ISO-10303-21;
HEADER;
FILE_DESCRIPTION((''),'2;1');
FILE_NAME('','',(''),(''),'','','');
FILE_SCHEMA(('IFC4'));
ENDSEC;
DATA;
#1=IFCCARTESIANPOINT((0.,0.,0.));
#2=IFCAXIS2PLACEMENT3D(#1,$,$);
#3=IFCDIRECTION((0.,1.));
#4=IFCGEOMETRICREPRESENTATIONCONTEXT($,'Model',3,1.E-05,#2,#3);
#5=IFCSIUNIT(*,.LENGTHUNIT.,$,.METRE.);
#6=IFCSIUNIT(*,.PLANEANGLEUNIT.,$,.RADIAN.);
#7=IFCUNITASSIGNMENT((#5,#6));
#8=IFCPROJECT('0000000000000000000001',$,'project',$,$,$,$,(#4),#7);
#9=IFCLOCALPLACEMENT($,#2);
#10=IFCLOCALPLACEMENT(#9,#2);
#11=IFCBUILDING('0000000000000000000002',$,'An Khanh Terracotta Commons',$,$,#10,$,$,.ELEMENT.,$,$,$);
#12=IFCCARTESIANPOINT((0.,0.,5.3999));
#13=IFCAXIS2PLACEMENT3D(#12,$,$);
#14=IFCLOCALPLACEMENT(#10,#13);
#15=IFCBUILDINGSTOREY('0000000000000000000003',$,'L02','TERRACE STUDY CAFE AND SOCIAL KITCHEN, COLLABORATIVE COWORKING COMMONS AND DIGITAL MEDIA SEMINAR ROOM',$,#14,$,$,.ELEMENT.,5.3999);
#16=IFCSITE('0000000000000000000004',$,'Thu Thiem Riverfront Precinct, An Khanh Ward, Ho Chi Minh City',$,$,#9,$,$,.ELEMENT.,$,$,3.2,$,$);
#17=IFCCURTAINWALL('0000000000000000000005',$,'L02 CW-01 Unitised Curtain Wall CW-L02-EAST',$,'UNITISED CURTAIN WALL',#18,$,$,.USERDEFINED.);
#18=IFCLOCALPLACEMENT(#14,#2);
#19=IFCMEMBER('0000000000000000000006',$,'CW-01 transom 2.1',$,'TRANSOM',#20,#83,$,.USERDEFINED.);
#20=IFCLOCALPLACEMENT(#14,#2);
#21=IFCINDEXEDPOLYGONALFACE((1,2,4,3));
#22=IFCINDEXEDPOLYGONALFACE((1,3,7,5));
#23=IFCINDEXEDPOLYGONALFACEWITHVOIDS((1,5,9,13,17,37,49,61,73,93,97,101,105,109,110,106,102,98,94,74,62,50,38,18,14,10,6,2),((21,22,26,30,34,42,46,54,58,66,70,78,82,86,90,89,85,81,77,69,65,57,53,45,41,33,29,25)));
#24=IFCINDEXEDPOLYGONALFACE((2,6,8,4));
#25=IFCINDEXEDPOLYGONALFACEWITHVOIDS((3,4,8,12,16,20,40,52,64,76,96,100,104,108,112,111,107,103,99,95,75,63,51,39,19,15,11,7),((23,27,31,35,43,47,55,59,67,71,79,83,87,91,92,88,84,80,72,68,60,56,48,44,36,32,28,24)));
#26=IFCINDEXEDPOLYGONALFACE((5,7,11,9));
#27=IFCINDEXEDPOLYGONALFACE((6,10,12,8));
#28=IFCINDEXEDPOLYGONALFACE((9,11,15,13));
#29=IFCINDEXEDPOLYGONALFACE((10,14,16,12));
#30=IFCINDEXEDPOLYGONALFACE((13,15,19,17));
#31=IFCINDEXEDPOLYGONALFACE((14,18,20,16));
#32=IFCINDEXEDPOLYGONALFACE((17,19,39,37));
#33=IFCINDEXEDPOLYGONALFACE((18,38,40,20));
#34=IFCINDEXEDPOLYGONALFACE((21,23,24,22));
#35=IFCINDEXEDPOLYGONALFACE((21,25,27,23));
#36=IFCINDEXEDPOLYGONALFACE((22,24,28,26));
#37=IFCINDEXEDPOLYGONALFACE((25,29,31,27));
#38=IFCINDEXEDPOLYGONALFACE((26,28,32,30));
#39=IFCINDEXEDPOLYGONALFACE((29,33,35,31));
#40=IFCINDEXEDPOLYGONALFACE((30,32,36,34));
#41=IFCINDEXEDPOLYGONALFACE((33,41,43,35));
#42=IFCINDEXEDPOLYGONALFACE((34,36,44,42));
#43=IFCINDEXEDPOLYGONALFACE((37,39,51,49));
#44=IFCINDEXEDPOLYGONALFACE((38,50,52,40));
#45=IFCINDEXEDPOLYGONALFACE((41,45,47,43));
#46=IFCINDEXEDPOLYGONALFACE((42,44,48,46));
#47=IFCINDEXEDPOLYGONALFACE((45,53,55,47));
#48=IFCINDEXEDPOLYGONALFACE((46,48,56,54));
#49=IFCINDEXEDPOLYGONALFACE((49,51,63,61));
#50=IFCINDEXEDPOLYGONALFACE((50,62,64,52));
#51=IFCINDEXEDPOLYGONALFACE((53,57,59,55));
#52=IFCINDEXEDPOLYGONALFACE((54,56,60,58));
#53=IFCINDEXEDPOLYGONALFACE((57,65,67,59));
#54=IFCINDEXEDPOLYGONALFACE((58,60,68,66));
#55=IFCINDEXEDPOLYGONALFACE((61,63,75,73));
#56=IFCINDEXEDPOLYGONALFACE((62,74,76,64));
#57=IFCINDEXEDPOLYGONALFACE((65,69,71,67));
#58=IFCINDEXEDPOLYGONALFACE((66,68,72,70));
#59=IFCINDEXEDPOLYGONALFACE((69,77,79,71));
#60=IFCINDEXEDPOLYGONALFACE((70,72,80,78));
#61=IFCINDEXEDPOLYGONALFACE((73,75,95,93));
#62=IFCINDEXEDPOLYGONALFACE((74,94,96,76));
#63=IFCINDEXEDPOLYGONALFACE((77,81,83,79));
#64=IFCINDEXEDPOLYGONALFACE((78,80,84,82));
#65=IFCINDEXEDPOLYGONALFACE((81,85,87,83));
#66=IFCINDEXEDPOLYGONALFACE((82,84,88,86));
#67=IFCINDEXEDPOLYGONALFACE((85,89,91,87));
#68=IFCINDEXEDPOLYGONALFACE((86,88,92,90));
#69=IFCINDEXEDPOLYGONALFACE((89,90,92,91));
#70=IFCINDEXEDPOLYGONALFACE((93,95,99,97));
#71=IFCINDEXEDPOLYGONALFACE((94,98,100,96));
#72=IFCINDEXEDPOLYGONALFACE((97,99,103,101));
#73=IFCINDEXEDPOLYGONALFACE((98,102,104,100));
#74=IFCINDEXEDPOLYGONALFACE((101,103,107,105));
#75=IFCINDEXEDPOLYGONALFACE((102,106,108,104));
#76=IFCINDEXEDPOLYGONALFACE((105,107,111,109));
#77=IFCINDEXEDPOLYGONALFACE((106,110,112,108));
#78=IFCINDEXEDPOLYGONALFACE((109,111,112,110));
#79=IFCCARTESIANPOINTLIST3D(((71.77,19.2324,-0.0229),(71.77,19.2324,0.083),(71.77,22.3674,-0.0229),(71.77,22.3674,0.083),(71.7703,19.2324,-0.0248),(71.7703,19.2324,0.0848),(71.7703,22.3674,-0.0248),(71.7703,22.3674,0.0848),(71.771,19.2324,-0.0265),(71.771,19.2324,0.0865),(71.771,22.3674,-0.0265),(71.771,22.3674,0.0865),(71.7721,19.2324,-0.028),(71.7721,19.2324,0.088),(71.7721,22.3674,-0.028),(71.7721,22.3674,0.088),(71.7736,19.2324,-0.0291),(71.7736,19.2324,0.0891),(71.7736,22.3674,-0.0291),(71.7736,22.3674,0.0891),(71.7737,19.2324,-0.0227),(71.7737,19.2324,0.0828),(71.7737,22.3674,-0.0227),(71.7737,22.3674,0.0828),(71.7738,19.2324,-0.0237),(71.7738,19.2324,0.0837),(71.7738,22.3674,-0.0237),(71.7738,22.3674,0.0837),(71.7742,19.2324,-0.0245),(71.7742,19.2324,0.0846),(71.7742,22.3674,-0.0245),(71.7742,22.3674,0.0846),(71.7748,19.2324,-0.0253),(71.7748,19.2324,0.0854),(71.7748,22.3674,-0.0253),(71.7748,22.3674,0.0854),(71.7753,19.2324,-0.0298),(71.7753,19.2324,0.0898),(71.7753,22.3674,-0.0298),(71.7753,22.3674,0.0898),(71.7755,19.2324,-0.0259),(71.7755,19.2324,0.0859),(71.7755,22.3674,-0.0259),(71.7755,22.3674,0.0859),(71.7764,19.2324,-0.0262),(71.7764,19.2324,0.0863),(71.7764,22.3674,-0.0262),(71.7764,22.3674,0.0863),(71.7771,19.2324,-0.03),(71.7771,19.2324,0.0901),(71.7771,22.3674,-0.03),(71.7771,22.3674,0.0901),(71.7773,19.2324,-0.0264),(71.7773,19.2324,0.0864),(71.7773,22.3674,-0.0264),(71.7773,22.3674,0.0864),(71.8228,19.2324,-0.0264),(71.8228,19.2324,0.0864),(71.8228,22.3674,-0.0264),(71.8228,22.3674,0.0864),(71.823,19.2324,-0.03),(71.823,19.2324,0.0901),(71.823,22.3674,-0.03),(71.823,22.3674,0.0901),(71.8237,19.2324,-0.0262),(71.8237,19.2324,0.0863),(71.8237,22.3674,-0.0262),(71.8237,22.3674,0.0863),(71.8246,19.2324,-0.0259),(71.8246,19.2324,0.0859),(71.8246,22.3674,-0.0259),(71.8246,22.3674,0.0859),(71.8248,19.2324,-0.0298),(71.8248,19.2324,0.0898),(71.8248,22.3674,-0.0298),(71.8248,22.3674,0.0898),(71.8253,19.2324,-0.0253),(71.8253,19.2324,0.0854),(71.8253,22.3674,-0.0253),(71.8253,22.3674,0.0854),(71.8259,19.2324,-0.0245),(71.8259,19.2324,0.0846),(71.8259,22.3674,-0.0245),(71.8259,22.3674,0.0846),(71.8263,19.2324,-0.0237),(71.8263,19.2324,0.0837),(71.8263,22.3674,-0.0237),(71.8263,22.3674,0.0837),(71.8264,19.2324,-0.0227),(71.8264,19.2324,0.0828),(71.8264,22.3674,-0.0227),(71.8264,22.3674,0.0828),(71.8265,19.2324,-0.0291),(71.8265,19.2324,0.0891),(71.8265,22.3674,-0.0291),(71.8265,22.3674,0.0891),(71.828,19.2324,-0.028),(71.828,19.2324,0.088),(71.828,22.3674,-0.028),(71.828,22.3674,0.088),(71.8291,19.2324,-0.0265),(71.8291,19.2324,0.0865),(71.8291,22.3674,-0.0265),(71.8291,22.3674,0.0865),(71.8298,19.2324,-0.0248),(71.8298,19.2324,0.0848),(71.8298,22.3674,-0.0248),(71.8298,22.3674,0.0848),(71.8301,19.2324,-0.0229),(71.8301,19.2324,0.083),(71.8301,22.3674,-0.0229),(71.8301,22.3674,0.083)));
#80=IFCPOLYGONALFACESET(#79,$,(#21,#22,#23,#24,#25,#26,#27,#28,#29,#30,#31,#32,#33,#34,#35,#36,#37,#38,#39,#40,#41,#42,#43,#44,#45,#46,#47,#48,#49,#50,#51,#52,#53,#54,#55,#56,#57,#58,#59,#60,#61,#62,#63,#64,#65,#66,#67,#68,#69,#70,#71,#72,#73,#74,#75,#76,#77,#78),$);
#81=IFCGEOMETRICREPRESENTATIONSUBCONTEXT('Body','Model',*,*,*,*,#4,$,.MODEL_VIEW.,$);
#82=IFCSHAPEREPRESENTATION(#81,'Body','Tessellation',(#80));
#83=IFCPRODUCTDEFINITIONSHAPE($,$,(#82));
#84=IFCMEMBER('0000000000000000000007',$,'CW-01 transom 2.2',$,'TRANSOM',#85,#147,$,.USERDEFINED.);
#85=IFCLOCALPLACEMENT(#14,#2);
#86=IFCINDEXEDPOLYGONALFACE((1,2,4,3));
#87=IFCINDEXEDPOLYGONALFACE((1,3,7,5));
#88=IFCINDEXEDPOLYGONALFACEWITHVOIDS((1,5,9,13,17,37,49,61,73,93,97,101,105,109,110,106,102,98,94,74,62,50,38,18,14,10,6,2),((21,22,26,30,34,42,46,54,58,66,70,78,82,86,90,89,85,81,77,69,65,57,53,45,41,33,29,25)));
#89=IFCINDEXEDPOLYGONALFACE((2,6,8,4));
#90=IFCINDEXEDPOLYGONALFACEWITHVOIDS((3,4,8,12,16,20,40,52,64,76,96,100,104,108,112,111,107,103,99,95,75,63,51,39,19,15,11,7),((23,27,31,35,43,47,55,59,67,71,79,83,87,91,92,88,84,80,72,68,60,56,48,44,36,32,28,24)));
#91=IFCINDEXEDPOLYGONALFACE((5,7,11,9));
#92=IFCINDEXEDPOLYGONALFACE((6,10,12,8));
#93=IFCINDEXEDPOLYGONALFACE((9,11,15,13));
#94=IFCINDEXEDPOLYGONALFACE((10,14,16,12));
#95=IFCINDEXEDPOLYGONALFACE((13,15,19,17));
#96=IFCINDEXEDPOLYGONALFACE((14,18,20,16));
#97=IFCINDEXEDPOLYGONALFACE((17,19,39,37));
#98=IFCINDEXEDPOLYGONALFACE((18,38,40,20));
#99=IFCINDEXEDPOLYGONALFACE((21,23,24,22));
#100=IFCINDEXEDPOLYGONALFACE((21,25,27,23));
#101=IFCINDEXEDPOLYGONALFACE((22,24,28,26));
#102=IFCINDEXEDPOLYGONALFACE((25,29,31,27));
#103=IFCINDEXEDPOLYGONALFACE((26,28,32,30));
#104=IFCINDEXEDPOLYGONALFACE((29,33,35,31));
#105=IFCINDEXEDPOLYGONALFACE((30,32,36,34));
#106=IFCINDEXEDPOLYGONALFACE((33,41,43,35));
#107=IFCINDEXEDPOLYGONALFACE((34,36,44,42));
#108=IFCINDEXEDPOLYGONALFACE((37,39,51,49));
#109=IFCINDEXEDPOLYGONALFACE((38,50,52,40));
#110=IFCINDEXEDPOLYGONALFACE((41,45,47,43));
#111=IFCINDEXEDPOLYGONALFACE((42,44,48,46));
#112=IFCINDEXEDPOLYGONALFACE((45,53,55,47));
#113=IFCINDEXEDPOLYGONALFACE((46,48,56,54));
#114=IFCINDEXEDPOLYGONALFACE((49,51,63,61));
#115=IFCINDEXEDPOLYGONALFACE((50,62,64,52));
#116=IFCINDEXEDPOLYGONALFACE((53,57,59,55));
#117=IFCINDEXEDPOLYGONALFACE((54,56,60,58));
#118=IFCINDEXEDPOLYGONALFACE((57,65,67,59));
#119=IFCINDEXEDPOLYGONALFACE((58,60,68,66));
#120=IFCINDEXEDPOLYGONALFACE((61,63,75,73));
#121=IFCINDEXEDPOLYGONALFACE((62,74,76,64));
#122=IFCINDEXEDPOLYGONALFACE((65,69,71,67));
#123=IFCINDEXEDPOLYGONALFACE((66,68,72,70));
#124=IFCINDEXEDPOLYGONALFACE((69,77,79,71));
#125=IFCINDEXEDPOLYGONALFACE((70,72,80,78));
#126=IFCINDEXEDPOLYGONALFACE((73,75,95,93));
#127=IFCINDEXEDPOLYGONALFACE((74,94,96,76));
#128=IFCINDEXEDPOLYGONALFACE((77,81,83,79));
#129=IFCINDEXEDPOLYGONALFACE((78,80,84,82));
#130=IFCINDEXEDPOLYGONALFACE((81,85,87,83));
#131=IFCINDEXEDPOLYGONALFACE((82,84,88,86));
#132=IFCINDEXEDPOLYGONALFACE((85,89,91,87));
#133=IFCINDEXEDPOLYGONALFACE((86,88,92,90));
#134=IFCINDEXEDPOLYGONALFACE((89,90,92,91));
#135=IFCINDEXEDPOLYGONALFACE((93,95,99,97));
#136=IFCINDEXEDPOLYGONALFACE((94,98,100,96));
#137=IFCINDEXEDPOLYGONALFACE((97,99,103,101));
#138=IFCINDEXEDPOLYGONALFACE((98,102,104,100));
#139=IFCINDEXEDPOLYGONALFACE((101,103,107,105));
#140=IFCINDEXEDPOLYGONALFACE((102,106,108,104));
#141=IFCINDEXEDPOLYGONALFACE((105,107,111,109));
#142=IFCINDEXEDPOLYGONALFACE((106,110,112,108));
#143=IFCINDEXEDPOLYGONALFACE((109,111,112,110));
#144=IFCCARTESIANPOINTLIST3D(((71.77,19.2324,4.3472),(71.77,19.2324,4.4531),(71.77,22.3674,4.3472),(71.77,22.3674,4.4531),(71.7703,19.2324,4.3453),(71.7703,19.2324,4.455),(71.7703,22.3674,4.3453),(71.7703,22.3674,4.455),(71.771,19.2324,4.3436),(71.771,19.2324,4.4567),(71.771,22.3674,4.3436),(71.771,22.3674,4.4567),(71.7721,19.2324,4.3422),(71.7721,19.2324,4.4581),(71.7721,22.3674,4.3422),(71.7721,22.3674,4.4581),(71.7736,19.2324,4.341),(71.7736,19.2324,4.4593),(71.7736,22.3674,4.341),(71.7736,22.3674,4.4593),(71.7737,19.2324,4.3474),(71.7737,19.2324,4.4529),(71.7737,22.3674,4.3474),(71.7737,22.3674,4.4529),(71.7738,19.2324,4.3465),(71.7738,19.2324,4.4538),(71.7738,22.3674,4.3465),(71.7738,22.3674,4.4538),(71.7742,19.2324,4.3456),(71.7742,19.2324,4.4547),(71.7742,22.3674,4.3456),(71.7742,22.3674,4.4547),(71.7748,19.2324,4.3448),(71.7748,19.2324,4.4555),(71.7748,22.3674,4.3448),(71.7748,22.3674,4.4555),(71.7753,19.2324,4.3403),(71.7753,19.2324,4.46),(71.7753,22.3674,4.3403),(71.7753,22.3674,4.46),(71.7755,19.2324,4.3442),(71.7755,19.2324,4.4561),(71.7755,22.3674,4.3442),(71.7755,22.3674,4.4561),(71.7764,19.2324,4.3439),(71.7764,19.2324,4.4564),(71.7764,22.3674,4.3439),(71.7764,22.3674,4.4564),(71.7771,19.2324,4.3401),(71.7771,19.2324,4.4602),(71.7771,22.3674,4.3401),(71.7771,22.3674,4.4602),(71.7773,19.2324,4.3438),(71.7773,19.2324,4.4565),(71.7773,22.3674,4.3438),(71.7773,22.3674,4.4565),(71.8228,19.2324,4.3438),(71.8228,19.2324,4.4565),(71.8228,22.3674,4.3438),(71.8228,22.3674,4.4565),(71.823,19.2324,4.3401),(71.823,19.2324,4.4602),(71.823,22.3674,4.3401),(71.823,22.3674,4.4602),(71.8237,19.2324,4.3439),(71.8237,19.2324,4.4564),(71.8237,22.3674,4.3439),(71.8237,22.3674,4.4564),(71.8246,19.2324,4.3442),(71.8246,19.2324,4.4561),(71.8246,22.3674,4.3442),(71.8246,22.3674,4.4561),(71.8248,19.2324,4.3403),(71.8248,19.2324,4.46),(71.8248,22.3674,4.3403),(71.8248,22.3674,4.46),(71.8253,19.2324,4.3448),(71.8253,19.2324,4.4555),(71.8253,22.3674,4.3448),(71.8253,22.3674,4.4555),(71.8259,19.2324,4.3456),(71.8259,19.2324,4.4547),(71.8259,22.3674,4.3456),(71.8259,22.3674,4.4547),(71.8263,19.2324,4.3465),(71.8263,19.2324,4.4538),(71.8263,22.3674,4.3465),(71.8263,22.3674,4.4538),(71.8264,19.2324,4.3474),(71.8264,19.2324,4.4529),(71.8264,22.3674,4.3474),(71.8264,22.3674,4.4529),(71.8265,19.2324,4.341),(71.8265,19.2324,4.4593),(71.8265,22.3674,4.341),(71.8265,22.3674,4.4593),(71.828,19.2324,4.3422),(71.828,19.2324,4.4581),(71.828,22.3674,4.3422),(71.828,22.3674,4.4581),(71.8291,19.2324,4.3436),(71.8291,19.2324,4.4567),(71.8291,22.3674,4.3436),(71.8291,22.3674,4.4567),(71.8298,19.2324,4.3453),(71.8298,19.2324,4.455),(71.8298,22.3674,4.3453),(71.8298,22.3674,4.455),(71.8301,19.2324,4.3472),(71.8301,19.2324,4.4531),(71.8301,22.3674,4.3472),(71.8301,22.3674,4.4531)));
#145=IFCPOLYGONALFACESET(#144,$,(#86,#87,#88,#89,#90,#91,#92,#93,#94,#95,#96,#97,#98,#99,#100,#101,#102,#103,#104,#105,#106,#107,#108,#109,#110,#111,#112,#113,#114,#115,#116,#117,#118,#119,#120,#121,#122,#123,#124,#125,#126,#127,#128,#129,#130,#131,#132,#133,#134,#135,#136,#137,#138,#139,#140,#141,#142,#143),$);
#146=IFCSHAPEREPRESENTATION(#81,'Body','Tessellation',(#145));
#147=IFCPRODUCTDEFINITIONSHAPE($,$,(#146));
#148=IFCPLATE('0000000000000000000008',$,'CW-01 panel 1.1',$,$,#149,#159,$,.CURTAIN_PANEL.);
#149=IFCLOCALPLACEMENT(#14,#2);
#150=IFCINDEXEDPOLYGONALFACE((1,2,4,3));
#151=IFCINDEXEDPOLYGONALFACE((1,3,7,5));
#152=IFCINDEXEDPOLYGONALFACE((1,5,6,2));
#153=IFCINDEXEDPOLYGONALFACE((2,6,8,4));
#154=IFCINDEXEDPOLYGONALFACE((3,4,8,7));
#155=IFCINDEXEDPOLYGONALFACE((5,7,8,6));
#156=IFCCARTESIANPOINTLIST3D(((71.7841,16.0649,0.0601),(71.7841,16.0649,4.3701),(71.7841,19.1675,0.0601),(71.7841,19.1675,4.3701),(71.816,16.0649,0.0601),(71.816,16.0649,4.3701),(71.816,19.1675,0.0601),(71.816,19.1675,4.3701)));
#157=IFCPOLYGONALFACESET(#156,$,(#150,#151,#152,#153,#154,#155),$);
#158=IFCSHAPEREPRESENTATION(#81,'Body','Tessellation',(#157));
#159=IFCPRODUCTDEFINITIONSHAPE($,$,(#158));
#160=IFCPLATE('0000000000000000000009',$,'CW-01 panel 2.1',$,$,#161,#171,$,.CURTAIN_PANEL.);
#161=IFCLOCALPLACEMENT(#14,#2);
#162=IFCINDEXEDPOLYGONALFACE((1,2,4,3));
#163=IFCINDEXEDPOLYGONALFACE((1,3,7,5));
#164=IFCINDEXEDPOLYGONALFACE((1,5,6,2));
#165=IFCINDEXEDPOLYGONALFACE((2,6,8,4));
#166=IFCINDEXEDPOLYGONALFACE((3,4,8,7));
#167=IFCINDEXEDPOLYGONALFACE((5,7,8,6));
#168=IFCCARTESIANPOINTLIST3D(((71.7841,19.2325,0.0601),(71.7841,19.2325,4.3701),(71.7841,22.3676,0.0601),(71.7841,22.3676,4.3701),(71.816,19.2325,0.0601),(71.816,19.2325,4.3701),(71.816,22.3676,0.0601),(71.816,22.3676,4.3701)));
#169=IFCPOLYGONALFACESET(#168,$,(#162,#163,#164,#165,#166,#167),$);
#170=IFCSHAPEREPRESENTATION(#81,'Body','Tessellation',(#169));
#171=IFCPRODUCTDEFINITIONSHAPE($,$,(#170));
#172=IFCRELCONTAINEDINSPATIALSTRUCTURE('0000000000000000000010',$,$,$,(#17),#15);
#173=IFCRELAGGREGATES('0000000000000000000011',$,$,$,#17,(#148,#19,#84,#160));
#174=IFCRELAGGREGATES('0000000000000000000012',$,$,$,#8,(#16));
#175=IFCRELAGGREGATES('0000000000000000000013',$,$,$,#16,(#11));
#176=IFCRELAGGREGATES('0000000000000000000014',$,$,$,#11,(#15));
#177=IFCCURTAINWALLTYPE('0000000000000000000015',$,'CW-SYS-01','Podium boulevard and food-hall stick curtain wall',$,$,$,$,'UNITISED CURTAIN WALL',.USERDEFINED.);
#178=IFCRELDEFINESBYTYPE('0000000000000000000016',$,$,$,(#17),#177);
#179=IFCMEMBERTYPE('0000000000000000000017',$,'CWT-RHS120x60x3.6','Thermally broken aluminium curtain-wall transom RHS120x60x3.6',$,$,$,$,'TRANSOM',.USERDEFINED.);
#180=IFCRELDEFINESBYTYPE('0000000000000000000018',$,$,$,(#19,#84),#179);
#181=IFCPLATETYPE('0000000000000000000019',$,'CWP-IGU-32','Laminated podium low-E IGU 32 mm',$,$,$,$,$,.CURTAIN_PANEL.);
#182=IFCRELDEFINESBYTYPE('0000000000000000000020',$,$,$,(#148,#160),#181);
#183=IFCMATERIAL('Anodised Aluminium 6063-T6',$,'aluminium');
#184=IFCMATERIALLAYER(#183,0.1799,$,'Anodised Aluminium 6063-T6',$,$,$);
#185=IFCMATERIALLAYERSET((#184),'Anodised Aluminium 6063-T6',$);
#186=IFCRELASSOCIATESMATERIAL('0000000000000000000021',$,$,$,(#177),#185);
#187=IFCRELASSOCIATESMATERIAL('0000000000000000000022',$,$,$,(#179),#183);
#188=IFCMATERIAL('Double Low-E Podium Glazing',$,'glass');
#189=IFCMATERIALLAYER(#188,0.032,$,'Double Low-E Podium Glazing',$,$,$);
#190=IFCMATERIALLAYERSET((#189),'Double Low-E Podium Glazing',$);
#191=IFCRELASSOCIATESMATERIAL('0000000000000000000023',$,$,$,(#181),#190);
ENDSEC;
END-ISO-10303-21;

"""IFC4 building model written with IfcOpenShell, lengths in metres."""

from ifc_helpers import new_model, si_unit, direction, frame, origin, origin_2d, place, context, subcontext, project, spatial, rectangle, hollow_rectangle, extrude, material, layer, layer_set, material_profile, profile_set, type_object, element, aggregate, save


model = new_model("IFC4")

# Units and contexts
model_context = context("Model", 3, precision=1e-05, world=origin(), true_north=direction((0.0, 1.0)))
body_context = subcontext(model_context, "Body", "Model", "MODEL_VIEW")
ifc_project = project(units=[si_unit("LENGTHUNIT", "METRE"), si_unit("PLANEANGLEUNIT", "RADIAN")], contexts=[model_context])

# Site, building, storey
site_placement = place(None, origin())
site = spatial("IfcSite", under=ifc_project, at=site_placement, Name="Thu Thiem Riverfront Precinct, An Khanh Ward, Ho Chi Minh City", CompositionType="ELEMENT", RefElevation=3.2)
building_placement = place(site_placement, origin())
building = spatial("IfcBuilding", under=site, at=building_placement, Name="An Khanh Terracotta Commons", CompositionType="ELEMENT")
storey_placement = place(building_placement, frame((0.0, 0.0, 5.3999)))
storey = spatial("IfcBuildingStorey", under=building, at=storey_placement, Name="L02", Description="TERRACE STUDY CAFE AND SOCIAL KITCHEN, COLLABORATIVE COWORKING COMMONS AND DIGITAL MEDIA SEMINAR ROOM", CompositionType="ELEMENT", Elevation=5.3999)

# Curtain wall, members, plates
ifc_material_1 = material(Name="Anodised Aluminium 6063-T6", Category="aluminium")
ifc_layer_1 = layer(ifc_material_1, 0.1799, Name="Anodised Aluminium 6063-T6")
ifc_layer_set_1 = layer_set([ifc_layer_1], Name="Anodised Aluminium 6063-T6")
curtain_wall_type = type_object("IfcCurtainWallType", Name="CW-SYS-01", Description="Podium boulevard and food-hall stick curtain wall", ElementType="UNITISED CURTAIN WALL", PredefinedType="USERDEFINED", material=ifc_layer_set_1)
curtain_wall_placement = place(storey_placement, origin())
curtain_wall = element("IfcCurtainWall", 1, at=curtain_wall_placement, inside=storey, type_object=curtain_wall_type, Name="L02 CW-01 Unitised Curtain Wall CW-L02-EAST", ObjectType="UNITISED CURTAIN WALL", PredefinedType="USERDEFINED")
ifc_material_profile_1 = material_profile(ifc_material_1, hollow_rectangle(XDim=0.0601, YDim=0.1201, WallThickness=0.0037, InnerFilletRadius=0.0037, OuterFilletRadius=0.0071, at=origin_2d()), Name="RHS120x60x3.6")
ifc_profile_set_1 = profile_set([ifc_material_profile_1], Name="Anodised Aluminium 6063-T6")
member_type_1 = type_object("IfcMemberType", Name="CWT-RHS120x60x3.6", Description="Thermally broken aluminium curtain-wall transom RHS120x60x3.6", ElementType="TRANSOM", PredefinedType="USERDEFINED", material=ifc_profile_set_1)
member_1_placement = place(storey_placement, frame((71.8, 19.2324, 0.03), z_axis=(0.0, 1.0, 0.0), x_axis=(-1.0, 0.0, 0.0)))
member_1 = element("IfcMember", 2, at=member_1_placement, type_object=member_type_1, Name="CW-01 transom 2.1", ObjectType="TRANSOM", PredefinedType="USERDEFINED", context=body_context, shape_type="SweptSolid", body=[
    extrude(hollow_rectangle(XDim=0.0601, YDim=0.1201, WallThickness=0.0037, InnerFilletRadius=0.0037, OuterFilletRadius=0.0071, at=origin_2d()), origin(), (0.0, 0.0, 1.0), 3.135),
])
member_2_placement = place(storey_placement, frame((71.8, 19.2324, 4.4001), z_axis=(0.0, 1.0, 0.0), x_axis=(-1.0, 0.0, 0.0)))
member_2 = element("IfcMember", 3, at=member_2_placement, type_object=member_type_1, Name="CW-01 transom 2.2", ObjectType="TRANSOM", PredefinedType="USERDEFINED", context=body_context, shape_type="SweptSolid", body=[
    extrude(hollow_rectangle(XDim=0.0601, YDim=0.1201, WallThickness=0.0037, InnerFilletRadius=0.0037, OuterFilletRadius=0.0071, at=origin_2d()), origin(), (0.0, 0.0, 1.0), 3.135),
])
ifc_material_2 = material(Name="Double Low-E Podium Glazing", Category="glass")
ifc_layer_2 = layer(ifc_material_2, 0.032, Name="Double Low-E Podium Glazing")
ifc_layer_set_2 = layer_set([ifc_layer_2], Name="Double Low-E Podium Glazing")
plate_type = type_object("IfcPlateType", Name="CWP-IGU-32", Description="Laminated podium low-E IGU 32 mm", PredefinedType="CURTAIN_PANEL", material=ifc_layer_set_2)
plate_1_placement = place(storey_placement, frame((71.8, 17.6162, 0.0601), z_axis=(0.0, 0.0, 1.0), x_axis=(0.0, 1.0, 0.0)))
plate_1 = element("IfcPlate", 4, at=plate_1_placement, type_object=plate_type, Name="CW-01 panel 1.1", PredefinedType="CURTAIN_PANEL", context=body_context, shape_type="SweptSolid", body=[
    extrude(rectangle(XDim=3.1025, YDim=0.032, at=origin_2d()), origin(), (0.0, 0.0, 1.0), 4.3101),
])
plate_2_placement = place(storey_placement, frame((71.8, 20.8, 0.0601), z_axis=(0.0, 0.0, 1.0), x_axis=(0.0, 1.0, 0.0)))
plate_2 = element("IfcPlate", 5, at=plate_2_placement, type_object=plate_type, Name="CW-01 panel 2.1", PredefinedType="CURTAIN_PANEL", context=body_context, shape_type="SweptSolid", body=[
    extrude(rectangle(XDim=3.135, YDim=0.032, at=origin_2d()), origin(), (0.0, 0.0, 1.0), 4.3101),
])
aggregate(curtain_wall, [plate_1, member_1, member_2, plate_2])

save(model, "model.ifc")
